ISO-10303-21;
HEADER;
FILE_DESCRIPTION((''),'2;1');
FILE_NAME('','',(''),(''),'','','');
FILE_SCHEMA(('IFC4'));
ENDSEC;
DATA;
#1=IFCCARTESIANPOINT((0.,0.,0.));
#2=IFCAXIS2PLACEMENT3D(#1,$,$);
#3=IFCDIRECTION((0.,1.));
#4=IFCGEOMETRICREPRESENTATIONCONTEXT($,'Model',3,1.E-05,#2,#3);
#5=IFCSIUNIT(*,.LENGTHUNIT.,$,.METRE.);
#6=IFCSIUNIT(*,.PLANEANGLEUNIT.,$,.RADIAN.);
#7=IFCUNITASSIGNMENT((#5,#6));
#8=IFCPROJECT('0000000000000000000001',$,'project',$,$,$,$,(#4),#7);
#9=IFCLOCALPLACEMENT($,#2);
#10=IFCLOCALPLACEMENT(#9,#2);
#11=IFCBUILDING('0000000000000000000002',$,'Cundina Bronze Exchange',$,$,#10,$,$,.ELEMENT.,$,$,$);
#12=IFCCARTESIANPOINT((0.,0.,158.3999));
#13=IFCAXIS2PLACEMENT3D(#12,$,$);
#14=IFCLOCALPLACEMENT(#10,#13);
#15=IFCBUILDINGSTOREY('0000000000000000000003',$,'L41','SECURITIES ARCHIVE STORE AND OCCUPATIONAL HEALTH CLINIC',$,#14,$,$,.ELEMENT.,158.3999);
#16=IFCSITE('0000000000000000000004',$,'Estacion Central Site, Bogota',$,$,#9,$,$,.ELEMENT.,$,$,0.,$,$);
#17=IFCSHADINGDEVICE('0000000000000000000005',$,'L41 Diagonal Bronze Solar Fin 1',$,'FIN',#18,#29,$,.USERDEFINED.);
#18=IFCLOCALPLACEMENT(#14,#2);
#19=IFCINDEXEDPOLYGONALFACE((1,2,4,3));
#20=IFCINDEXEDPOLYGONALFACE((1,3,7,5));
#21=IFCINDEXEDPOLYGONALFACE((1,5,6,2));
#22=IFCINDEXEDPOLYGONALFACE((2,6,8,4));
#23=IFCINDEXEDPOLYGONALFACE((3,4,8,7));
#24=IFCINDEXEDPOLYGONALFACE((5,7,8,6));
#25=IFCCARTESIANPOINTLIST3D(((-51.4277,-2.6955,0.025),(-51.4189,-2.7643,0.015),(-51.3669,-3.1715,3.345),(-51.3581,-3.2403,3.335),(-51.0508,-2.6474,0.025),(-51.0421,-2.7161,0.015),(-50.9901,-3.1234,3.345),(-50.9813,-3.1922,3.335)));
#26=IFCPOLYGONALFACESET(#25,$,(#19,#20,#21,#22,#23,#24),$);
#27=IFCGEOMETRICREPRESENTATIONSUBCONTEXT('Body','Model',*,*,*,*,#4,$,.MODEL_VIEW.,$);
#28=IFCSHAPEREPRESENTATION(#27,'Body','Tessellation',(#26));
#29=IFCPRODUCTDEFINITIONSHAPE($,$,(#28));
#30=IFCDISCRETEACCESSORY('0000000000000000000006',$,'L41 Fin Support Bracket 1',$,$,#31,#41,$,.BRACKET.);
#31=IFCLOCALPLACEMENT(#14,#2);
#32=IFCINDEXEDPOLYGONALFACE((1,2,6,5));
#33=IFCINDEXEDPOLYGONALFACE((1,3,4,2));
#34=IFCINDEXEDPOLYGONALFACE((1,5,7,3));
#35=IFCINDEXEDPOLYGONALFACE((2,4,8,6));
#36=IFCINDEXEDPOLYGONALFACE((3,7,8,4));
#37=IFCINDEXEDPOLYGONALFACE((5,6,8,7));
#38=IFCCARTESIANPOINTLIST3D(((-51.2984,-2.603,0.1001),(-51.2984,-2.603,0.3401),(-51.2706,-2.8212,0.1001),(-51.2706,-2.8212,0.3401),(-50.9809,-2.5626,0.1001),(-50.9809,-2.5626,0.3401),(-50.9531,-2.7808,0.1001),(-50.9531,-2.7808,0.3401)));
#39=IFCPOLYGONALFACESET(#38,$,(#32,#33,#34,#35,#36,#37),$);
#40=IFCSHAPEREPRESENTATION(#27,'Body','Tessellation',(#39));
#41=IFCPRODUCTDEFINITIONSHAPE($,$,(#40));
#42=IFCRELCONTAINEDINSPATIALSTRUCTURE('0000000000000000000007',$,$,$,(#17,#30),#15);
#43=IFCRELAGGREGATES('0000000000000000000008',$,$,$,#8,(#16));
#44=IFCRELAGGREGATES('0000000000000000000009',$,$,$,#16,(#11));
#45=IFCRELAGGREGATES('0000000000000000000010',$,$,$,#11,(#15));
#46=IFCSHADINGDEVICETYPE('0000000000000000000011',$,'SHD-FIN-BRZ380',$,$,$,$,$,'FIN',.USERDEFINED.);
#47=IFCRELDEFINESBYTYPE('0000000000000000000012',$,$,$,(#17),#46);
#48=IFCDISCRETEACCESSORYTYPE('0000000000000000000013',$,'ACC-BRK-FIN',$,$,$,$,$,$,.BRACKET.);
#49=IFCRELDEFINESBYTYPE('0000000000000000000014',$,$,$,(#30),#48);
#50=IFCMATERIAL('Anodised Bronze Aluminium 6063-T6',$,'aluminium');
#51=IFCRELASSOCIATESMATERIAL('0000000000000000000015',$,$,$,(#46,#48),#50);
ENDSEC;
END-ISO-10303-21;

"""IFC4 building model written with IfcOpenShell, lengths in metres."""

from ifc_helpers import new_model, si_unit, direction, frame, origin, origin_2d, place, context, subcontext, project, spatial, rectangle, extrude, material, material_profile, profile_set, type_object, element, save


model = new_model("IFC4")

# Units and contexts
model_context = context("Model", 3, precision=1e-05, world=origin(), true_north=direction((0.0, 1.0)))
body_context = subcontext(model_context, "Body", "Model", "MODEL_VIEW")
ifc_project = project(units=[si_unit("LENGTHUNIT", "METRE"), si_unit("PLANEANGLEUNIT", "RADIAN")], contexts=[model_context])

# Site, building, storey
site_placement = place(None, origin())
site = spatial("IfcSite", under=ifc_project, at=site_placement, Name="Estacion Central Site, Bogota", CompositionType="ELEMENT", RefElevation=0.0)
building_placement = place(site_placement, origin())
building = spatial("IfcBuilding", under=site, at=building_placement, Name="Cundina Bronze Exchange", CompositionType="ELEMENT")
storey_placement = place(building_placement, frame((0.0, 0.0, 158.3999)))
storey = spatial("IfcBuildingStorey", under=building, at=storey_placement, Name="L41", Description="SECURITIES ARCHIVE STORE AND OCCUPATIONAL HEALTH CLINIC", CompositionType="ELEMENT", Elevation=158.3999)

# Shared definitions
ifc_material_1 = material(Name="Anodised Bronze Aluminium 6063-T6", Category="aluminium")

# Shading device
ifc_material_profile_1 = material_profile(ifc_material_1, rectangle(XDim=0.0701, YDim=0.3799, at=origin_2d()), Name="FIN70X380", Category="aluminium")
ifc_profile_set_1 = profile_set([ifc_material_profile_1], Name="Anodised Bronze Aluminium 6063-T6")
shading_device_type = type_object("IfcShadingDeviceType", Name="SHD-FIN-BRZ380", ElementType="FIN", PredefinedType="USERDEFINED", material=ifc_profile_set_1)
shading_device_placement = place(storey_placement, frame((-51.2349, -2.7058, 0.02), z_axis=(0.018122, -0.141918, 0.989713), x_axis=(-0.125361, 0.981741, 0.14307)))
element("IfcShadingDevice", 1, at=shading_device_placement, inside=storey, type_object=shading_device_type, Name="L41 Diagonal Bronze Solar Fin 1", ObjectType="FIN", PredefinedType="USERDEFINED", context=body_context, shape_type="SweptSolid", body=[
    extrude(rectangle(XDim=0.0701, YDim=0.3799, at=origin_2d()), origin(), (0.0, 0.0, 1.0), 3.3545),
])

# Discrete accessory
discrete_accessory_type = type_object("IfcDiscreteAccessoryType", Name="ACC-BRK-FIN", PredefinedType="BRACKET", material=ifc_material_1)
discrete_accessory_placement = place(storey_placement, frame((-51.1257, -2.6919, 0.1001), z_axis=(0.0, 0.0, 1.0), x_axis=(0.126476, -0.99197, 0.0)))
element("IfcDiscreteAccessory", 2, at=discrete_accessory_placement, inside=storey, type_object=discrete_accessory_type, Name="L41 Fin Support Bracket 1", PredefinedType="BRACKET", context=body_context, shape_type="SweptSolid", body=[
    extrude(rectangle(XDim=0.22, YDim=0.3201, at=origin_2d()), origin(), (0.0, 0.0, 1.0), 0.24),
])

save(model, "model.ifc")
